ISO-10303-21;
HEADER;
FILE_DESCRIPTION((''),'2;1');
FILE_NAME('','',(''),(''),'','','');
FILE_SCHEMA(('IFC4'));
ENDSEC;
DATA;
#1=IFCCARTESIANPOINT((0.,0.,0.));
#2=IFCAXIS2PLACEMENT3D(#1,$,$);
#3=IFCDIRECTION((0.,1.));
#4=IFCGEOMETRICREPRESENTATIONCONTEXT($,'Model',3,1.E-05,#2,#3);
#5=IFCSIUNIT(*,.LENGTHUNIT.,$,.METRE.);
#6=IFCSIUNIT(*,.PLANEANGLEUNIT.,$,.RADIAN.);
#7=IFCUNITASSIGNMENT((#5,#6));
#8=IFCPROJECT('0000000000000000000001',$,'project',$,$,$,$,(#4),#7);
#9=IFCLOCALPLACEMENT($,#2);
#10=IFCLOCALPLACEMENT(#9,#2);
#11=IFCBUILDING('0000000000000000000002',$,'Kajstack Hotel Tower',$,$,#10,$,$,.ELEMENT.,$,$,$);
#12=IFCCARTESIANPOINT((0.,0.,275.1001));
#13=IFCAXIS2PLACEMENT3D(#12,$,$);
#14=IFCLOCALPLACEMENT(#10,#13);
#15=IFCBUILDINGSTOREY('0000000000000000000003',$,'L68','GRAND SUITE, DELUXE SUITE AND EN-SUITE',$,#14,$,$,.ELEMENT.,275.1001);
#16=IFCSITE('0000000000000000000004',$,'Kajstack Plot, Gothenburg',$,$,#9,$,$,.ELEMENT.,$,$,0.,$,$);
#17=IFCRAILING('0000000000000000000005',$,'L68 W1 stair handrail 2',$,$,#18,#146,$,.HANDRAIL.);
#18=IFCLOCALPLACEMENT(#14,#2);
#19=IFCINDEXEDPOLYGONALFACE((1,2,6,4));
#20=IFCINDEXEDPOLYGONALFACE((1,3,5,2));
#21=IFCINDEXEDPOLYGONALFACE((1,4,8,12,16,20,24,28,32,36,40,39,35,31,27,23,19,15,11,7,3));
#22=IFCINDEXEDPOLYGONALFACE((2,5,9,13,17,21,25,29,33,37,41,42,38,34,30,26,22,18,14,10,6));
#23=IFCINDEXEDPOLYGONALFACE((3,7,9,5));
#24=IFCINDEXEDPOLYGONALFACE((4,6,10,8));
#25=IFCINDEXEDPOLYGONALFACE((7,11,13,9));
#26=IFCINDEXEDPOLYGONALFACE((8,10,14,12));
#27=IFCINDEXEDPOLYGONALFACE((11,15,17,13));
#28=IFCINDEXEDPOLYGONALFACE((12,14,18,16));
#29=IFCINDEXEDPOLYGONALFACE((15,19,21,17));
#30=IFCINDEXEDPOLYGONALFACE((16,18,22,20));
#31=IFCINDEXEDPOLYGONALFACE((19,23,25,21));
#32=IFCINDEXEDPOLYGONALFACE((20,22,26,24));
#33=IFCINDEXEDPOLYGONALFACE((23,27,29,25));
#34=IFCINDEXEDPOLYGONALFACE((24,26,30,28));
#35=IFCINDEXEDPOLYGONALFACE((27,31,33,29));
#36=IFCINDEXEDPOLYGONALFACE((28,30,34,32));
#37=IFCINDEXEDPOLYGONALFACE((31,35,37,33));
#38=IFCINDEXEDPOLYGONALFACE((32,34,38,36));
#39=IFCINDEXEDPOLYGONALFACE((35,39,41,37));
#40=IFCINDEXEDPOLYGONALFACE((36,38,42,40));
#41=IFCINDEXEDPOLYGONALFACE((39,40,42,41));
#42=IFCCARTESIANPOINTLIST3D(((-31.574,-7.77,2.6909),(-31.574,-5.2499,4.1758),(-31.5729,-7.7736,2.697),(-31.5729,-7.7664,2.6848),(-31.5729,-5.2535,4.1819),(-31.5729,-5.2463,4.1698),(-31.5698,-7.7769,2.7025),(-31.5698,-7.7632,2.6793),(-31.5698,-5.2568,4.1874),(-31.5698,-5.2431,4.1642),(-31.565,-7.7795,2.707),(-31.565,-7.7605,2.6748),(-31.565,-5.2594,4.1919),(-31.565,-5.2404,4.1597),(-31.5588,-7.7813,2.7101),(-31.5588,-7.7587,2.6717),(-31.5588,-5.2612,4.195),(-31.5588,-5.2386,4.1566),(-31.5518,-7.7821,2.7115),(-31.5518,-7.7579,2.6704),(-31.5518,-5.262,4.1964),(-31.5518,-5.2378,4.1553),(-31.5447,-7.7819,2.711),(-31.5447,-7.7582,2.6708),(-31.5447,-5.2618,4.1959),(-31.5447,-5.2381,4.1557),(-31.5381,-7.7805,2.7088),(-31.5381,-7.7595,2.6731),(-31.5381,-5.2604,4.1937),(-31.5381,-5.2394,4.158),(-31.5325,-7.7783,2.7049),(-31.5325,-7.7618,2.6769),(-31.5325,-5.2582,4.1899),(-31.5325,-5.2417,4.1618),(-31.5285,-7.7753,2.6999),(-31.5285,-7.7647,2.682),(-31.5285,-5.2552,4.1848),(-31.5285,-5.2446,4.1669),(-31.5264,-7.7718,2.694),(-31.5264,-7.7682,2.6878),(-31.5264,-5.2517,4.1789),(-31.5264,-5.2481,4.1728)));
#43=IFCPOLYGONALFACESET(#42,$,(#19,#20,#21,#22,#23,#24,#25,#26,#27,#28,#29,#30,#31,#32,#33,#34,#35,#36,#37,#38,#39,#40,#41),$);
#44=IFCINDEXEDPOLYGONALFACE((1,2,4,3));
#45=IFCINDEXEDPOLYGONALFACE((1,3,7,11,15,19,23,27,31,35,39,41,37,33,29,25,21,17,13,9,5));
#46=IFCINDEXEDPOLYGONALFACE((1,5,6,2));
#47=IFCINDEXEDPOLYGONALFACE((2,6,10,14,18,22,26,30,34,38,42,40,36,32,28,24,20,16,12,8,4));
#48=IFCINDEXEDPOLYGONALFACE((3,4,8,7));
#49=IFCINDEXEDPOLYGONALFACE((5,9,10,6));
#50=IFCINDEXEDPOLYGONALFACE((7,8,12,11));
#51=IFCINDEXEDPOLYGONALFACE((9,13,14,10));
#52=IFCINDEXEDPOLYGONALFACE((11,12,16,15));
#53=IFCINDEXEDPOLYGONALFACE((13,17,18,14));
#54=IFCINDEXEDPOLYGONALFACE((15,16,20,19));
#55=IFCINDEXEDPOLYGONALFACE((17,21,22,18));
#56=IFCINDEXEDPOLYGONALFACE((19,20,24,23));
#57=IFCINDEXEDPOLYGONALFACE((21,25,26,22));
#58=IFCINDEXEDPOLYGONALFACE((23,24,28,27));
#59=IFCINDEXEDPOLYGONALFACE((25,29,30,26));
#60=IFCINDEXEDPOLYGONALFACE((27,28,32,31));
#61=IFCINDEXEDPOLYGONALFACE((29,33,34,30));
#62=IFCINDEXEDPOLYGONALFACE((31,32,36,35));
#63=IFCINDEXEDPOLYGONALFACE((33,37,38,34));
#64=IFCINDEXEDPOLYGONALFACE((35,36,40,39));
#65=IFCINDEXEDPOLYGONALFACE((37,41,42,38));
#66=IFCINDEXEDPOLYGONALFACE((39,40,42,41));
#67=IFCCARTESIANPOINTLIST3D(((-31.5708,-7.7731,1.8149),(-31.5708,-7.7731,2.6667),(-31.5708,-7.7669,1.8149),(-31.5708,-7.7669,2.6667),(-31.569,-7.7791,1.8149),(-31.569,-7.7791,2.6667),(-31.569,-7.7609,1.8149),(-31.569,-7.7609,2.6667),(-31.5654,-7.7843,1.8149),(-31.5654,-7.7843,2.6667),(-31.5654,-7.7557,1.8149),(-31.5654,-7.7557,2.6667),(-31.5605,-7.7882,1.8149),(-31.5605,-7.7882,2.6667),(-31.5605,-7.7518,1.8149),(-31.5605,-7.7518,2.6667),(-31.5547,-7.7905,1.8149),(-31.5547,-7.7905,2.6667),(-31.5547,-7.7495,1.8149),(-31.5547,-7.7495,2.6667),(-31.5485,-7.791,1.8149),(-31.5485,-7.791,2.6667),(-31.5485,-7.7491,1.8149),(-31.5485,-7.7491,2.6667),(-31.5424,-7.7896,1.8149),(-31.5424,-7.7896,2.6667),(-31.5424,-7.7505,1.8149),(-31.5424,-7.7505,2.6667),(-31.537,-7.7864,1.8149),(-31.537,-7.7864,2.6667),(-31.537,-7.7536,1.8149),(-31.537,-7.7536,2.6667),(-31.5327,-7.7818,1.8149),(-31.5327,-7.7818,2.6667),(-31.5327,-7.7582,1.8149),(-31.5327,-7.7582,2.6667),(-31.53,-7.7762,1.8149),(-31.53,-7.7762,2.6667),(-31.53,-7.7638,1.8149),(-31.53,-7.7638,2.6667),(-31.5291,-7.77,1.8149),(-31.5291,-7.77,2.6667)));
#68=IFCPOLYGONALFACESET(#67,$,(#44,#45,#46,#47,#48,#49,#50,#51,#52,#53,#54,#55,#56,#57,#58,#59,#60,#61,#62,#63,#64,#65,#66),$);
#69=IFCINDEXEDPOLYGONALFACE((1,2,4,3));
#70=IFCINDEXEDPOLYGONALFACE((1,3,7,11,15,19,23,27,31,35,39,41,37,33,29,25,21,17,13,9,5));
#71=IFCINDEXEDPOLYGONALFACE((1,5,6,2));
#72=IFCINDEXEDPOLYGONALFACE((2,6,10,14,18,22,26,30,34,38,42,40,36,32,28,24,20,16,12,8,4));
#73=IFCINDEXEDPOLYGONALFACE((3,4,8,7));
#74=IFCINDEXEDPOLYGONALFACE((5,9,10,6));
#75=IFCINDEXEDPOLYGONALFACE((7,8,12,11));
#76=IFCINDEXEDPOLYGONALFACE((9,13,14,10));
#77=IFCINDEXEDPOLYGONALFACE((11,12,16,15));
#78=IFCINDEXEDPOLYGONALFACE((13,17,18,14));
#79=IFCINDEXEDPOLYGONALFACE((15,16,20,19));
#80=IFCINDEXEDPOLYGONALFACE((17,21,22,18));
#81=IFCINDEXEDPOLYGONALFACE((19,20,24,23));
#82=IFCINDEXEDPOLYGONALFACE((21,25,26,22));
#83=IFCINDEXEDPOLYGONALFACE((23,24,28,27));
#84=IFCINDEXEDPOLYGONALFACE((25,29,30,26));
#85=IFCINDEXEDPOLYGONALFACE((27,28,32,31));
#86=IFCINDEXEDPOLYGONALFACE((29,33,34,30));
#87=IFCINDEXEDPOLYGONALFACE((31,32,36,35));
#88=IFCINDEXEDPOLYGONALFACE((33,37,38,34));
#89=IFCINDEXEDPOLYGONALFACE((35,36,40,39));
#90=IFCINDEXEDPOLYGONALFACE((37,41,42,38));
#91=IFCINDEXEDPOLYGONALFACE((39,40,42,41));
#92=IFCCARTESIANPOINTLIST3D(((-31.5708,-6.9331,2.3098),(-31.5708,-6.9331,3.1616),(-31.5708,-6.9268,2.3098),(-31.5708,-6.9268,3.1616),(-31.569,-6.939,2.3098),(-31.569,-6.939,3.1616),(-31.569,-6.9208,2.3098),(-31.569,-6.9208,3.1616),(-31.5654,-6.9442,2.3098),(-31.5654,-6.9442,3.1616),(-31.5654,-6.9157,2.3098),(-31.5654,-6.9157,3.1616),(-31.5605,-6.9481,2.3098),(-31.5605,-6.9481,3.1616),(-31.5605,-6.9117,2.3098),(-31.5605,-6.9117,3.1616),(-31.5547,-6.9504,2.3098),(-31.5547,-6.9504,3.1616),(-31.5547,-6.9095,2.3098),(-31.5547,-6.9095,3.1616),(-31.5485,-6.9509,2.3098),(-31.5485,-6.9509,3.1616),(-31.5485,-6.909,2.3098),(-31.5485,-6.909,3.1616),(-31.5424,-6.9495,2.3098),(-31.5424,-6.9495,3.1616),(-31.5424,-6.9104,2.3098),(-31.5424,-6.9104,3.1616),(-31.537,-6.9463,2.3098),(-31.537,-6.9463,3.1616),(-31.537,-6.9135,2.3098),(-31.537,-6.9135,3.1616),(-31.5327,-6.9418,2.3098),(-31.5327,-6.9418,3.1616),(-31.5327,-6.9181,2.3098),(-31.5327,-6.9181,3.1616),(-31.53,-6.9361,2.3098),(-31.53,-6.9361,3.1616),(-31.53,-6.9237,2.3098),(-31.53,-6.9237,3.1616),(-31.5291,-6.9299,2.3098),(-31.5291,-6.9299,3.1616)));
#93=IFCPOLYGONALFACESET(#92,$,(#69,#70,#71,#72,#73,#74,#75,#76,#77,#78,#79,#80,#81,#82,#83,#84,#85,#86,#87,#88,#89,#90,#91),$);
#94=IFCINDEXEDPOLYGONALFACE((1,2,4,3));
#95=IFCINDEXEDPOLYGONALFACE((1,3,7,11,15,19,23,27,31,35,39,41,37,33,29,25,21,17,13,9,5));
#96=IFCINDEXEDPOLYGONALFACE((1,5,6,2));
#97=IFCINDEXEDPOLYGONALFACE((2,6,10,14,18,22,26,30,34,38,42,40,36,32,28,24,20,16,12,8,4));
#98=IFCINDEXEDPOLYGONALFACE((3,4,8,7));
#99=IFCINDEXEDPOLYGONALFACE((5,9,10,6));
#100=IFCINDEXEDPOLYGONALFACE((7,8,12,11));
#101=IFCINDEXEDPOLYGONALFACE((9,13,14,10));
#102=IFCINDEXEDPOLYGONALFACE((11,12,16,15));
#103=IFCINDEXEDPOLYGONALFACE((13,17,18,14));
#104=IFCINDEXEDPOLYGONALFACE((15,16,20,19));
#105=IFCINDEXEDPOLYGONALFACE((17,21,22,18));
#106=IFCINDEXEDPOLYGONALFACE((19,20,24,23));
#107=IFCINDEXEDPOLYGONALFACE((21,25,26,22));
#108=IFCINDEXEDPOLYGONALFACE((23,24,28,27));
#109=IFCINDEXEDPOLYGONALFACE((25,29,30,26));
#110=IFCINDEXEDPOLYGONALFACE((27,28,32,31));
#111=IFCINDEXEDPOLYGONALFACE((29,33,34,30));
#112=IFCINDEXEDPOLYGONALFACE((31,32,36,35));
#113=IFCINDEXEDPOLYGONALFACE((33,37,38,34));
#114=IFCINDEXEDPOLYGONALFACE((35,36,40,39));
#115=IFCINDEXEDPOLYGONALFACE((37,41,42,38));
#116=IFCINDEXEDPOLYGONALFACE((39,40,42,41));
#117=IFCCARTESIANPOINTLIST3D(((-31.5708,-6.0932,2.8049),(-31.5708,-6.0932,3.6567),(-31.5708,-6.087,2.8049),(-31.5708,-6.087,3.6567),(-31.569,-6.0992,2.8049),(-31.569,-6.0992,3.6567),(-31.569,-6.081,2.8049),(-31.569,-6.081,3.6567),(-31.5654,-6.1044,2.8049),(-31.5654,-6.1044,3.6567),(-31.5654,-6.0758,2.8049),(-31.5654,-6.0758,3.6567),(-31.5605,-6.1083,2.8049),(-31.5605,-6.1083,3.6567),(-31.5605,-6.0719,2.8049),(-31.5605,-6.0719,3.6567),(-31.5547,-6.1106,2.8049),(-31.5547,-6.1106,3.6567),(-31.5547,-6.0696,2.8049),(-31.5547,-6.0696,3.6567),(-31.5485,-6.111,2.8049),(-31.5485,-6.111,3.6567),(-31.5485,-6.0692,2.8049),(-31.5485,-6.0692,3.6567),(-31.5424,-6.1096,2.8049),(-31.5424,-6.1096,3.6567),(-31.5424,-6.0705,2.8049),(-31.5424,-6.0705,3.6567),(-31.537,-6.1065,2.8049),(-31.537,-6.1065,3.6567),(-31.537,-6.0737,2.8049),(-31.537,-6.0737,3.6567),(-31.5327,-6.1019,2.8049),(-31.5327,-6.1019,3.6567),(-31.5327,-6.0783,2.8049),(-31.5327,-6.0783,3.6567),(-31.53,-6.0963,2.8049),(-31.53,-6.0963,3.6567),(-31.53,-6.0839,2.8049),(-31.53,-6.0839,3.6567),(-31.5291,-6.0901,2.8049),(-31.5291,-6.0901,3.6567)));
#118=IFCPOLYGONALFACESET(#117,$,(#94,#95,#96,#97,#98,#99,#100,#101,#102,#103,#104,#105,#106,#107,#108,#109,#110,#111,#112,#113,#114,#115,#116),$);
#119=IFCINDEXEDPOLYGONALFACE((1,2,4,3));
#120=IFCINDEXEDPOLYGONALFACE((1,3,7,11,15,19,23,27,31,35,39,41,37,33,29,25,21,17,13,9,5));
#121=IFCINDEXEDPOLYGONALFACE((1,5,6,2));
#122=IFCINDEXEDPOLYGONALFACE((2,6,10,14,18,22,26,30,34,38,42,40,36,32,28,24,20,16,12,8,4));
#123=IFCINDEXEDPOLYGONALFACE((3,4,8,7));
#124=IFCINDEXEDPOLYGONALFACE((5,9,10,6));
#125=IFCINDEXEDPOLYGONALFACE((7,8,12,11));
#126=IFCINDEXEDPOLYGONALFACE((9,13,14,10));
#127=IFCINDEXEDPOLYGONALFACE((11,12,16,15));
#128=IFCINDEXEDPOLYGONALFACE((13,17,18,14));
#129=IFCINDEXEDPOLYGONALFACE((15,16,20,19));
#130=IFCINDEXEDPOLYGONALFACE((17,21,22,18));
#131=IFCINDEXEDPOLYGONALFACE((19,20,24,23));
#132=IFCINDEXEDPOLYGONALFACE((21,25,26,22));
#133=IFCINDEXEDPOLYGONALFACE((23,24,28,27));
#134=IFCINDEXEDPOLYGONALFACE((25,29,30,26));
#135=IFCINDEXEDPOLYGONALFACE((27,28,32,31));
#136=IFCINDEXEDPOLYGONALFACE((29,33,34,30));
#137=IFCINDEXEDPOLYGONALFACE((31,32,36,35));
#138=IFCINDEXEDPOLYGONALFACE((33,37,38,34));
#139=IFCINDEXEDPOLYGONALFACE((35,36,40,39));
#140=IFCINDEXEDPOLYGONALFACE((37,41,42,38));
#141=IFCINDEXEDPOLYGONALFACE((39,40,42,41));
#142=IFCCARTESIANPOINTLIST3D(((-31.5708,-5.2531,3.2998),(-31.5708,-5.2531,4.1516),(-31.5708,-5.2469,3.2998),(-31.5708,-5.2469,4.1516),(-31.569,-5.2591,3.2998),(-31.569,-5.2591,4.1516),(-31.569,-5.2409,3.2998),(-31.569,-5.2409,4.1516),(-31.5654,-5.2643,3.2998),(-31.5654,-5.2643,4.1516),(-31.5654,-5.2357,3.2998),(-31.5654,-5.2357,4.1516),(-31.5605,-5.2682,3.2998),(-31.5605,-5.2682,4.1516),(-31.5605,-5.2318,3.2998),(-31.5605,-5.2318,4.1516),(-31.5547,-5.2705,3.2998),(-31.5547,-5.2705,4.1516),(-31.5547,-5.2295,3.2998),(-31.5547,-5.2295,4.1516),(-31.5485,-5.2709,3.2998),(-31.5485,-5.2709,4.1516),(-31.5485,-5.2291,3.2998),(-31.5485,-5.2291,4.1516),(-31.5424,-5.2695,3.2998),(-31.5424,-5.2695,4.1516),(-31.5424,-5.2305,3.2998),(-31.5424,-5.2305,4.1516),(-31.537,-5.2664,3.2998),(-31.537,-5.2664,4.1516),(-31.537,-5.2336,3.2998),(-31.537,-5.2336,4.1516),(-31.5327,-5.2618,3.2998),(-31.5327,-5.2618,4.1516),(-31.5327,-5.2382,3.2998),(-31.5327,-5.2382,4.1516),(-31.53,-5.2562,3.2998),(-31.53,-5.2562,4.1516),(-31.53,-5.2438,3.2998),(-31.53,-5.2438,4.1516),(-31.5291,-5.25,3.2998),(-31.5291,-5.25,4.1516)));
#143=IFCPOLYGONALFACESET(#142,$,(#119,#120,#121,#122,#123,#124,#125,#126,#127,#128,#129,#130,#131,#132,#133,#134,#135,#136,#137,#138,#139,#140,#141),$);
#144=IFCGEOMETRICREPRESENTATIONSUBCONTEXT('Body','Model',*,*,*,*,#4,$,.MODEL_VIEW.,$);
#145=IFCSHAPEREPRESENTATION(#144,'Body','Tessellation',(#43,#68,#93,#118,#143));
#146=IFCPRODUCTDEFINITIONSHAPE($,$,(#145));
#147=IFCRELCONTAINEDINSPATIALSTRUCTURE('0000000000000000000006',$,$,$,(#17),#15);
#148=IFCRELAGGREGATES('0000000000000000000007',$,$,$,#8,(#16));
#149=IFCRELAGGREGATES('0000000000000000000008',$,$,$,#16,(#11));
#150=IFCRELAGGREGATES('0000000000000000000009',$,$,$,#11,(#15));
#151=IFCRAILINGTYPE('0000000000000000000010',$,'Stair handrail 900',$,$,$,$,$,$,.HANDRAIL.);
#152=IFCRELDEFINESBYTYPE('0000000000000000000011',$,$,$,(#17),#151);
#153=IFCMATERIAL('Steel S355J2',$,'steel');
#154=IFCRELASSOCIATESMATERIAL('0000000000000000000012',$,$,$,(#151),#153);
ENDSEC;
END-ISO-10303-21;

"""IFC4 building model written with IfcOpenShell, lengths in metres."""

from ifc_helpers import new_model, si_unit, direction, frame, origin, origin_2d, place, context, subcontext, project, spatial, circle, extrude, material, type_object, element, save


model = new_model("IFC4")

# Units and contexts
model_context = context("Model", 3, precision=1e-05, world=origin(), true_north=direction((0.0, 1.0)))
body_context = subcontext(model_context, "Body", "Model", "MODEL_VIEW")
ifc_project = project(units=[si_unit("LENGTHUNIT", "METRE"), si_unit("PLANEANGLEUNIT", "RADIAN")], contexts=[model_context])

# Site, building, storey
site_placement = place(None, origin())
site = spatial("IfcSite", under=ifc_project, at=site_placement, Name="Kajstack Plot, Gothenburg", CompositionType="ELEMENT", RefElevation=0.0)
building_placement = place(site_placement, origin())
building = spatial("IfcBuilding", under=site, at=building_placement, Name="Kajstack Hotel Tower", CompositionType="ELEMENT")
storey_placement = place(building_placement, frame((0.0, 0.0, 275.1001)))
storey = spatial("IfcBuildingStorey", under=building, at=storey_placement, Name="L68", Description="GRAND SUITE, DELUXE SUITE AND EN-SUITE", CompositionType="ELEMENT", Elevation=275.1001)

# Railing
ifc_material_1 = material(Name="Steel S355J2", Category="steel")
railing_type_1 = type_object("IfcRailingType", Name="Stair handrail 900", PredefinedType="HANDRAIL", material=ifc_material_1)
railing_1_placement = place(storey_placement, frame((-31.55, -7.77, 1.8149)))
element("IfcRailing", 1, at=railing_1_placement, inside=storey, type_object=railing_type_1, Name="L68 W1 stair handrail 2", PredefinedType="HANDRAIL", context=body_context, shape_type="SweptSolid", body=[
    extrude(circle(Radius=0.0239, at=origin_2d()), frame((0.0, 0.0, 0.876), z_axis=(0.0, 0.861561, 0.507655), x_axis=(-1.0, 0.0, 0.0)), (0.0, 0.0, 1.0), 2.925),
    extrude(circle(Radius=0.021, at=origin_2d()), origin(), (0.0, 0.0, 1.0), 0.8518),
    extrude(circle(Radius=0.021, at=origin_2d()), frame((0.0, 0.8401, 0.4949)), (0.0, 0.0, 1.0), 0.8518),
    extrude(circle(Radius=0.021, at=origin_2d()), frame((0.0, 1.6799, 0.99)), (0.0, 0.0, 1.0), 0.8518),
    extrude(circle(Radius=0.021, at=origin_2d()), frame((0.0, 2.52, 1.4849)), (0.0, 0.0, 1.0), 0.8518),
])

save(model, "model.ifc")
